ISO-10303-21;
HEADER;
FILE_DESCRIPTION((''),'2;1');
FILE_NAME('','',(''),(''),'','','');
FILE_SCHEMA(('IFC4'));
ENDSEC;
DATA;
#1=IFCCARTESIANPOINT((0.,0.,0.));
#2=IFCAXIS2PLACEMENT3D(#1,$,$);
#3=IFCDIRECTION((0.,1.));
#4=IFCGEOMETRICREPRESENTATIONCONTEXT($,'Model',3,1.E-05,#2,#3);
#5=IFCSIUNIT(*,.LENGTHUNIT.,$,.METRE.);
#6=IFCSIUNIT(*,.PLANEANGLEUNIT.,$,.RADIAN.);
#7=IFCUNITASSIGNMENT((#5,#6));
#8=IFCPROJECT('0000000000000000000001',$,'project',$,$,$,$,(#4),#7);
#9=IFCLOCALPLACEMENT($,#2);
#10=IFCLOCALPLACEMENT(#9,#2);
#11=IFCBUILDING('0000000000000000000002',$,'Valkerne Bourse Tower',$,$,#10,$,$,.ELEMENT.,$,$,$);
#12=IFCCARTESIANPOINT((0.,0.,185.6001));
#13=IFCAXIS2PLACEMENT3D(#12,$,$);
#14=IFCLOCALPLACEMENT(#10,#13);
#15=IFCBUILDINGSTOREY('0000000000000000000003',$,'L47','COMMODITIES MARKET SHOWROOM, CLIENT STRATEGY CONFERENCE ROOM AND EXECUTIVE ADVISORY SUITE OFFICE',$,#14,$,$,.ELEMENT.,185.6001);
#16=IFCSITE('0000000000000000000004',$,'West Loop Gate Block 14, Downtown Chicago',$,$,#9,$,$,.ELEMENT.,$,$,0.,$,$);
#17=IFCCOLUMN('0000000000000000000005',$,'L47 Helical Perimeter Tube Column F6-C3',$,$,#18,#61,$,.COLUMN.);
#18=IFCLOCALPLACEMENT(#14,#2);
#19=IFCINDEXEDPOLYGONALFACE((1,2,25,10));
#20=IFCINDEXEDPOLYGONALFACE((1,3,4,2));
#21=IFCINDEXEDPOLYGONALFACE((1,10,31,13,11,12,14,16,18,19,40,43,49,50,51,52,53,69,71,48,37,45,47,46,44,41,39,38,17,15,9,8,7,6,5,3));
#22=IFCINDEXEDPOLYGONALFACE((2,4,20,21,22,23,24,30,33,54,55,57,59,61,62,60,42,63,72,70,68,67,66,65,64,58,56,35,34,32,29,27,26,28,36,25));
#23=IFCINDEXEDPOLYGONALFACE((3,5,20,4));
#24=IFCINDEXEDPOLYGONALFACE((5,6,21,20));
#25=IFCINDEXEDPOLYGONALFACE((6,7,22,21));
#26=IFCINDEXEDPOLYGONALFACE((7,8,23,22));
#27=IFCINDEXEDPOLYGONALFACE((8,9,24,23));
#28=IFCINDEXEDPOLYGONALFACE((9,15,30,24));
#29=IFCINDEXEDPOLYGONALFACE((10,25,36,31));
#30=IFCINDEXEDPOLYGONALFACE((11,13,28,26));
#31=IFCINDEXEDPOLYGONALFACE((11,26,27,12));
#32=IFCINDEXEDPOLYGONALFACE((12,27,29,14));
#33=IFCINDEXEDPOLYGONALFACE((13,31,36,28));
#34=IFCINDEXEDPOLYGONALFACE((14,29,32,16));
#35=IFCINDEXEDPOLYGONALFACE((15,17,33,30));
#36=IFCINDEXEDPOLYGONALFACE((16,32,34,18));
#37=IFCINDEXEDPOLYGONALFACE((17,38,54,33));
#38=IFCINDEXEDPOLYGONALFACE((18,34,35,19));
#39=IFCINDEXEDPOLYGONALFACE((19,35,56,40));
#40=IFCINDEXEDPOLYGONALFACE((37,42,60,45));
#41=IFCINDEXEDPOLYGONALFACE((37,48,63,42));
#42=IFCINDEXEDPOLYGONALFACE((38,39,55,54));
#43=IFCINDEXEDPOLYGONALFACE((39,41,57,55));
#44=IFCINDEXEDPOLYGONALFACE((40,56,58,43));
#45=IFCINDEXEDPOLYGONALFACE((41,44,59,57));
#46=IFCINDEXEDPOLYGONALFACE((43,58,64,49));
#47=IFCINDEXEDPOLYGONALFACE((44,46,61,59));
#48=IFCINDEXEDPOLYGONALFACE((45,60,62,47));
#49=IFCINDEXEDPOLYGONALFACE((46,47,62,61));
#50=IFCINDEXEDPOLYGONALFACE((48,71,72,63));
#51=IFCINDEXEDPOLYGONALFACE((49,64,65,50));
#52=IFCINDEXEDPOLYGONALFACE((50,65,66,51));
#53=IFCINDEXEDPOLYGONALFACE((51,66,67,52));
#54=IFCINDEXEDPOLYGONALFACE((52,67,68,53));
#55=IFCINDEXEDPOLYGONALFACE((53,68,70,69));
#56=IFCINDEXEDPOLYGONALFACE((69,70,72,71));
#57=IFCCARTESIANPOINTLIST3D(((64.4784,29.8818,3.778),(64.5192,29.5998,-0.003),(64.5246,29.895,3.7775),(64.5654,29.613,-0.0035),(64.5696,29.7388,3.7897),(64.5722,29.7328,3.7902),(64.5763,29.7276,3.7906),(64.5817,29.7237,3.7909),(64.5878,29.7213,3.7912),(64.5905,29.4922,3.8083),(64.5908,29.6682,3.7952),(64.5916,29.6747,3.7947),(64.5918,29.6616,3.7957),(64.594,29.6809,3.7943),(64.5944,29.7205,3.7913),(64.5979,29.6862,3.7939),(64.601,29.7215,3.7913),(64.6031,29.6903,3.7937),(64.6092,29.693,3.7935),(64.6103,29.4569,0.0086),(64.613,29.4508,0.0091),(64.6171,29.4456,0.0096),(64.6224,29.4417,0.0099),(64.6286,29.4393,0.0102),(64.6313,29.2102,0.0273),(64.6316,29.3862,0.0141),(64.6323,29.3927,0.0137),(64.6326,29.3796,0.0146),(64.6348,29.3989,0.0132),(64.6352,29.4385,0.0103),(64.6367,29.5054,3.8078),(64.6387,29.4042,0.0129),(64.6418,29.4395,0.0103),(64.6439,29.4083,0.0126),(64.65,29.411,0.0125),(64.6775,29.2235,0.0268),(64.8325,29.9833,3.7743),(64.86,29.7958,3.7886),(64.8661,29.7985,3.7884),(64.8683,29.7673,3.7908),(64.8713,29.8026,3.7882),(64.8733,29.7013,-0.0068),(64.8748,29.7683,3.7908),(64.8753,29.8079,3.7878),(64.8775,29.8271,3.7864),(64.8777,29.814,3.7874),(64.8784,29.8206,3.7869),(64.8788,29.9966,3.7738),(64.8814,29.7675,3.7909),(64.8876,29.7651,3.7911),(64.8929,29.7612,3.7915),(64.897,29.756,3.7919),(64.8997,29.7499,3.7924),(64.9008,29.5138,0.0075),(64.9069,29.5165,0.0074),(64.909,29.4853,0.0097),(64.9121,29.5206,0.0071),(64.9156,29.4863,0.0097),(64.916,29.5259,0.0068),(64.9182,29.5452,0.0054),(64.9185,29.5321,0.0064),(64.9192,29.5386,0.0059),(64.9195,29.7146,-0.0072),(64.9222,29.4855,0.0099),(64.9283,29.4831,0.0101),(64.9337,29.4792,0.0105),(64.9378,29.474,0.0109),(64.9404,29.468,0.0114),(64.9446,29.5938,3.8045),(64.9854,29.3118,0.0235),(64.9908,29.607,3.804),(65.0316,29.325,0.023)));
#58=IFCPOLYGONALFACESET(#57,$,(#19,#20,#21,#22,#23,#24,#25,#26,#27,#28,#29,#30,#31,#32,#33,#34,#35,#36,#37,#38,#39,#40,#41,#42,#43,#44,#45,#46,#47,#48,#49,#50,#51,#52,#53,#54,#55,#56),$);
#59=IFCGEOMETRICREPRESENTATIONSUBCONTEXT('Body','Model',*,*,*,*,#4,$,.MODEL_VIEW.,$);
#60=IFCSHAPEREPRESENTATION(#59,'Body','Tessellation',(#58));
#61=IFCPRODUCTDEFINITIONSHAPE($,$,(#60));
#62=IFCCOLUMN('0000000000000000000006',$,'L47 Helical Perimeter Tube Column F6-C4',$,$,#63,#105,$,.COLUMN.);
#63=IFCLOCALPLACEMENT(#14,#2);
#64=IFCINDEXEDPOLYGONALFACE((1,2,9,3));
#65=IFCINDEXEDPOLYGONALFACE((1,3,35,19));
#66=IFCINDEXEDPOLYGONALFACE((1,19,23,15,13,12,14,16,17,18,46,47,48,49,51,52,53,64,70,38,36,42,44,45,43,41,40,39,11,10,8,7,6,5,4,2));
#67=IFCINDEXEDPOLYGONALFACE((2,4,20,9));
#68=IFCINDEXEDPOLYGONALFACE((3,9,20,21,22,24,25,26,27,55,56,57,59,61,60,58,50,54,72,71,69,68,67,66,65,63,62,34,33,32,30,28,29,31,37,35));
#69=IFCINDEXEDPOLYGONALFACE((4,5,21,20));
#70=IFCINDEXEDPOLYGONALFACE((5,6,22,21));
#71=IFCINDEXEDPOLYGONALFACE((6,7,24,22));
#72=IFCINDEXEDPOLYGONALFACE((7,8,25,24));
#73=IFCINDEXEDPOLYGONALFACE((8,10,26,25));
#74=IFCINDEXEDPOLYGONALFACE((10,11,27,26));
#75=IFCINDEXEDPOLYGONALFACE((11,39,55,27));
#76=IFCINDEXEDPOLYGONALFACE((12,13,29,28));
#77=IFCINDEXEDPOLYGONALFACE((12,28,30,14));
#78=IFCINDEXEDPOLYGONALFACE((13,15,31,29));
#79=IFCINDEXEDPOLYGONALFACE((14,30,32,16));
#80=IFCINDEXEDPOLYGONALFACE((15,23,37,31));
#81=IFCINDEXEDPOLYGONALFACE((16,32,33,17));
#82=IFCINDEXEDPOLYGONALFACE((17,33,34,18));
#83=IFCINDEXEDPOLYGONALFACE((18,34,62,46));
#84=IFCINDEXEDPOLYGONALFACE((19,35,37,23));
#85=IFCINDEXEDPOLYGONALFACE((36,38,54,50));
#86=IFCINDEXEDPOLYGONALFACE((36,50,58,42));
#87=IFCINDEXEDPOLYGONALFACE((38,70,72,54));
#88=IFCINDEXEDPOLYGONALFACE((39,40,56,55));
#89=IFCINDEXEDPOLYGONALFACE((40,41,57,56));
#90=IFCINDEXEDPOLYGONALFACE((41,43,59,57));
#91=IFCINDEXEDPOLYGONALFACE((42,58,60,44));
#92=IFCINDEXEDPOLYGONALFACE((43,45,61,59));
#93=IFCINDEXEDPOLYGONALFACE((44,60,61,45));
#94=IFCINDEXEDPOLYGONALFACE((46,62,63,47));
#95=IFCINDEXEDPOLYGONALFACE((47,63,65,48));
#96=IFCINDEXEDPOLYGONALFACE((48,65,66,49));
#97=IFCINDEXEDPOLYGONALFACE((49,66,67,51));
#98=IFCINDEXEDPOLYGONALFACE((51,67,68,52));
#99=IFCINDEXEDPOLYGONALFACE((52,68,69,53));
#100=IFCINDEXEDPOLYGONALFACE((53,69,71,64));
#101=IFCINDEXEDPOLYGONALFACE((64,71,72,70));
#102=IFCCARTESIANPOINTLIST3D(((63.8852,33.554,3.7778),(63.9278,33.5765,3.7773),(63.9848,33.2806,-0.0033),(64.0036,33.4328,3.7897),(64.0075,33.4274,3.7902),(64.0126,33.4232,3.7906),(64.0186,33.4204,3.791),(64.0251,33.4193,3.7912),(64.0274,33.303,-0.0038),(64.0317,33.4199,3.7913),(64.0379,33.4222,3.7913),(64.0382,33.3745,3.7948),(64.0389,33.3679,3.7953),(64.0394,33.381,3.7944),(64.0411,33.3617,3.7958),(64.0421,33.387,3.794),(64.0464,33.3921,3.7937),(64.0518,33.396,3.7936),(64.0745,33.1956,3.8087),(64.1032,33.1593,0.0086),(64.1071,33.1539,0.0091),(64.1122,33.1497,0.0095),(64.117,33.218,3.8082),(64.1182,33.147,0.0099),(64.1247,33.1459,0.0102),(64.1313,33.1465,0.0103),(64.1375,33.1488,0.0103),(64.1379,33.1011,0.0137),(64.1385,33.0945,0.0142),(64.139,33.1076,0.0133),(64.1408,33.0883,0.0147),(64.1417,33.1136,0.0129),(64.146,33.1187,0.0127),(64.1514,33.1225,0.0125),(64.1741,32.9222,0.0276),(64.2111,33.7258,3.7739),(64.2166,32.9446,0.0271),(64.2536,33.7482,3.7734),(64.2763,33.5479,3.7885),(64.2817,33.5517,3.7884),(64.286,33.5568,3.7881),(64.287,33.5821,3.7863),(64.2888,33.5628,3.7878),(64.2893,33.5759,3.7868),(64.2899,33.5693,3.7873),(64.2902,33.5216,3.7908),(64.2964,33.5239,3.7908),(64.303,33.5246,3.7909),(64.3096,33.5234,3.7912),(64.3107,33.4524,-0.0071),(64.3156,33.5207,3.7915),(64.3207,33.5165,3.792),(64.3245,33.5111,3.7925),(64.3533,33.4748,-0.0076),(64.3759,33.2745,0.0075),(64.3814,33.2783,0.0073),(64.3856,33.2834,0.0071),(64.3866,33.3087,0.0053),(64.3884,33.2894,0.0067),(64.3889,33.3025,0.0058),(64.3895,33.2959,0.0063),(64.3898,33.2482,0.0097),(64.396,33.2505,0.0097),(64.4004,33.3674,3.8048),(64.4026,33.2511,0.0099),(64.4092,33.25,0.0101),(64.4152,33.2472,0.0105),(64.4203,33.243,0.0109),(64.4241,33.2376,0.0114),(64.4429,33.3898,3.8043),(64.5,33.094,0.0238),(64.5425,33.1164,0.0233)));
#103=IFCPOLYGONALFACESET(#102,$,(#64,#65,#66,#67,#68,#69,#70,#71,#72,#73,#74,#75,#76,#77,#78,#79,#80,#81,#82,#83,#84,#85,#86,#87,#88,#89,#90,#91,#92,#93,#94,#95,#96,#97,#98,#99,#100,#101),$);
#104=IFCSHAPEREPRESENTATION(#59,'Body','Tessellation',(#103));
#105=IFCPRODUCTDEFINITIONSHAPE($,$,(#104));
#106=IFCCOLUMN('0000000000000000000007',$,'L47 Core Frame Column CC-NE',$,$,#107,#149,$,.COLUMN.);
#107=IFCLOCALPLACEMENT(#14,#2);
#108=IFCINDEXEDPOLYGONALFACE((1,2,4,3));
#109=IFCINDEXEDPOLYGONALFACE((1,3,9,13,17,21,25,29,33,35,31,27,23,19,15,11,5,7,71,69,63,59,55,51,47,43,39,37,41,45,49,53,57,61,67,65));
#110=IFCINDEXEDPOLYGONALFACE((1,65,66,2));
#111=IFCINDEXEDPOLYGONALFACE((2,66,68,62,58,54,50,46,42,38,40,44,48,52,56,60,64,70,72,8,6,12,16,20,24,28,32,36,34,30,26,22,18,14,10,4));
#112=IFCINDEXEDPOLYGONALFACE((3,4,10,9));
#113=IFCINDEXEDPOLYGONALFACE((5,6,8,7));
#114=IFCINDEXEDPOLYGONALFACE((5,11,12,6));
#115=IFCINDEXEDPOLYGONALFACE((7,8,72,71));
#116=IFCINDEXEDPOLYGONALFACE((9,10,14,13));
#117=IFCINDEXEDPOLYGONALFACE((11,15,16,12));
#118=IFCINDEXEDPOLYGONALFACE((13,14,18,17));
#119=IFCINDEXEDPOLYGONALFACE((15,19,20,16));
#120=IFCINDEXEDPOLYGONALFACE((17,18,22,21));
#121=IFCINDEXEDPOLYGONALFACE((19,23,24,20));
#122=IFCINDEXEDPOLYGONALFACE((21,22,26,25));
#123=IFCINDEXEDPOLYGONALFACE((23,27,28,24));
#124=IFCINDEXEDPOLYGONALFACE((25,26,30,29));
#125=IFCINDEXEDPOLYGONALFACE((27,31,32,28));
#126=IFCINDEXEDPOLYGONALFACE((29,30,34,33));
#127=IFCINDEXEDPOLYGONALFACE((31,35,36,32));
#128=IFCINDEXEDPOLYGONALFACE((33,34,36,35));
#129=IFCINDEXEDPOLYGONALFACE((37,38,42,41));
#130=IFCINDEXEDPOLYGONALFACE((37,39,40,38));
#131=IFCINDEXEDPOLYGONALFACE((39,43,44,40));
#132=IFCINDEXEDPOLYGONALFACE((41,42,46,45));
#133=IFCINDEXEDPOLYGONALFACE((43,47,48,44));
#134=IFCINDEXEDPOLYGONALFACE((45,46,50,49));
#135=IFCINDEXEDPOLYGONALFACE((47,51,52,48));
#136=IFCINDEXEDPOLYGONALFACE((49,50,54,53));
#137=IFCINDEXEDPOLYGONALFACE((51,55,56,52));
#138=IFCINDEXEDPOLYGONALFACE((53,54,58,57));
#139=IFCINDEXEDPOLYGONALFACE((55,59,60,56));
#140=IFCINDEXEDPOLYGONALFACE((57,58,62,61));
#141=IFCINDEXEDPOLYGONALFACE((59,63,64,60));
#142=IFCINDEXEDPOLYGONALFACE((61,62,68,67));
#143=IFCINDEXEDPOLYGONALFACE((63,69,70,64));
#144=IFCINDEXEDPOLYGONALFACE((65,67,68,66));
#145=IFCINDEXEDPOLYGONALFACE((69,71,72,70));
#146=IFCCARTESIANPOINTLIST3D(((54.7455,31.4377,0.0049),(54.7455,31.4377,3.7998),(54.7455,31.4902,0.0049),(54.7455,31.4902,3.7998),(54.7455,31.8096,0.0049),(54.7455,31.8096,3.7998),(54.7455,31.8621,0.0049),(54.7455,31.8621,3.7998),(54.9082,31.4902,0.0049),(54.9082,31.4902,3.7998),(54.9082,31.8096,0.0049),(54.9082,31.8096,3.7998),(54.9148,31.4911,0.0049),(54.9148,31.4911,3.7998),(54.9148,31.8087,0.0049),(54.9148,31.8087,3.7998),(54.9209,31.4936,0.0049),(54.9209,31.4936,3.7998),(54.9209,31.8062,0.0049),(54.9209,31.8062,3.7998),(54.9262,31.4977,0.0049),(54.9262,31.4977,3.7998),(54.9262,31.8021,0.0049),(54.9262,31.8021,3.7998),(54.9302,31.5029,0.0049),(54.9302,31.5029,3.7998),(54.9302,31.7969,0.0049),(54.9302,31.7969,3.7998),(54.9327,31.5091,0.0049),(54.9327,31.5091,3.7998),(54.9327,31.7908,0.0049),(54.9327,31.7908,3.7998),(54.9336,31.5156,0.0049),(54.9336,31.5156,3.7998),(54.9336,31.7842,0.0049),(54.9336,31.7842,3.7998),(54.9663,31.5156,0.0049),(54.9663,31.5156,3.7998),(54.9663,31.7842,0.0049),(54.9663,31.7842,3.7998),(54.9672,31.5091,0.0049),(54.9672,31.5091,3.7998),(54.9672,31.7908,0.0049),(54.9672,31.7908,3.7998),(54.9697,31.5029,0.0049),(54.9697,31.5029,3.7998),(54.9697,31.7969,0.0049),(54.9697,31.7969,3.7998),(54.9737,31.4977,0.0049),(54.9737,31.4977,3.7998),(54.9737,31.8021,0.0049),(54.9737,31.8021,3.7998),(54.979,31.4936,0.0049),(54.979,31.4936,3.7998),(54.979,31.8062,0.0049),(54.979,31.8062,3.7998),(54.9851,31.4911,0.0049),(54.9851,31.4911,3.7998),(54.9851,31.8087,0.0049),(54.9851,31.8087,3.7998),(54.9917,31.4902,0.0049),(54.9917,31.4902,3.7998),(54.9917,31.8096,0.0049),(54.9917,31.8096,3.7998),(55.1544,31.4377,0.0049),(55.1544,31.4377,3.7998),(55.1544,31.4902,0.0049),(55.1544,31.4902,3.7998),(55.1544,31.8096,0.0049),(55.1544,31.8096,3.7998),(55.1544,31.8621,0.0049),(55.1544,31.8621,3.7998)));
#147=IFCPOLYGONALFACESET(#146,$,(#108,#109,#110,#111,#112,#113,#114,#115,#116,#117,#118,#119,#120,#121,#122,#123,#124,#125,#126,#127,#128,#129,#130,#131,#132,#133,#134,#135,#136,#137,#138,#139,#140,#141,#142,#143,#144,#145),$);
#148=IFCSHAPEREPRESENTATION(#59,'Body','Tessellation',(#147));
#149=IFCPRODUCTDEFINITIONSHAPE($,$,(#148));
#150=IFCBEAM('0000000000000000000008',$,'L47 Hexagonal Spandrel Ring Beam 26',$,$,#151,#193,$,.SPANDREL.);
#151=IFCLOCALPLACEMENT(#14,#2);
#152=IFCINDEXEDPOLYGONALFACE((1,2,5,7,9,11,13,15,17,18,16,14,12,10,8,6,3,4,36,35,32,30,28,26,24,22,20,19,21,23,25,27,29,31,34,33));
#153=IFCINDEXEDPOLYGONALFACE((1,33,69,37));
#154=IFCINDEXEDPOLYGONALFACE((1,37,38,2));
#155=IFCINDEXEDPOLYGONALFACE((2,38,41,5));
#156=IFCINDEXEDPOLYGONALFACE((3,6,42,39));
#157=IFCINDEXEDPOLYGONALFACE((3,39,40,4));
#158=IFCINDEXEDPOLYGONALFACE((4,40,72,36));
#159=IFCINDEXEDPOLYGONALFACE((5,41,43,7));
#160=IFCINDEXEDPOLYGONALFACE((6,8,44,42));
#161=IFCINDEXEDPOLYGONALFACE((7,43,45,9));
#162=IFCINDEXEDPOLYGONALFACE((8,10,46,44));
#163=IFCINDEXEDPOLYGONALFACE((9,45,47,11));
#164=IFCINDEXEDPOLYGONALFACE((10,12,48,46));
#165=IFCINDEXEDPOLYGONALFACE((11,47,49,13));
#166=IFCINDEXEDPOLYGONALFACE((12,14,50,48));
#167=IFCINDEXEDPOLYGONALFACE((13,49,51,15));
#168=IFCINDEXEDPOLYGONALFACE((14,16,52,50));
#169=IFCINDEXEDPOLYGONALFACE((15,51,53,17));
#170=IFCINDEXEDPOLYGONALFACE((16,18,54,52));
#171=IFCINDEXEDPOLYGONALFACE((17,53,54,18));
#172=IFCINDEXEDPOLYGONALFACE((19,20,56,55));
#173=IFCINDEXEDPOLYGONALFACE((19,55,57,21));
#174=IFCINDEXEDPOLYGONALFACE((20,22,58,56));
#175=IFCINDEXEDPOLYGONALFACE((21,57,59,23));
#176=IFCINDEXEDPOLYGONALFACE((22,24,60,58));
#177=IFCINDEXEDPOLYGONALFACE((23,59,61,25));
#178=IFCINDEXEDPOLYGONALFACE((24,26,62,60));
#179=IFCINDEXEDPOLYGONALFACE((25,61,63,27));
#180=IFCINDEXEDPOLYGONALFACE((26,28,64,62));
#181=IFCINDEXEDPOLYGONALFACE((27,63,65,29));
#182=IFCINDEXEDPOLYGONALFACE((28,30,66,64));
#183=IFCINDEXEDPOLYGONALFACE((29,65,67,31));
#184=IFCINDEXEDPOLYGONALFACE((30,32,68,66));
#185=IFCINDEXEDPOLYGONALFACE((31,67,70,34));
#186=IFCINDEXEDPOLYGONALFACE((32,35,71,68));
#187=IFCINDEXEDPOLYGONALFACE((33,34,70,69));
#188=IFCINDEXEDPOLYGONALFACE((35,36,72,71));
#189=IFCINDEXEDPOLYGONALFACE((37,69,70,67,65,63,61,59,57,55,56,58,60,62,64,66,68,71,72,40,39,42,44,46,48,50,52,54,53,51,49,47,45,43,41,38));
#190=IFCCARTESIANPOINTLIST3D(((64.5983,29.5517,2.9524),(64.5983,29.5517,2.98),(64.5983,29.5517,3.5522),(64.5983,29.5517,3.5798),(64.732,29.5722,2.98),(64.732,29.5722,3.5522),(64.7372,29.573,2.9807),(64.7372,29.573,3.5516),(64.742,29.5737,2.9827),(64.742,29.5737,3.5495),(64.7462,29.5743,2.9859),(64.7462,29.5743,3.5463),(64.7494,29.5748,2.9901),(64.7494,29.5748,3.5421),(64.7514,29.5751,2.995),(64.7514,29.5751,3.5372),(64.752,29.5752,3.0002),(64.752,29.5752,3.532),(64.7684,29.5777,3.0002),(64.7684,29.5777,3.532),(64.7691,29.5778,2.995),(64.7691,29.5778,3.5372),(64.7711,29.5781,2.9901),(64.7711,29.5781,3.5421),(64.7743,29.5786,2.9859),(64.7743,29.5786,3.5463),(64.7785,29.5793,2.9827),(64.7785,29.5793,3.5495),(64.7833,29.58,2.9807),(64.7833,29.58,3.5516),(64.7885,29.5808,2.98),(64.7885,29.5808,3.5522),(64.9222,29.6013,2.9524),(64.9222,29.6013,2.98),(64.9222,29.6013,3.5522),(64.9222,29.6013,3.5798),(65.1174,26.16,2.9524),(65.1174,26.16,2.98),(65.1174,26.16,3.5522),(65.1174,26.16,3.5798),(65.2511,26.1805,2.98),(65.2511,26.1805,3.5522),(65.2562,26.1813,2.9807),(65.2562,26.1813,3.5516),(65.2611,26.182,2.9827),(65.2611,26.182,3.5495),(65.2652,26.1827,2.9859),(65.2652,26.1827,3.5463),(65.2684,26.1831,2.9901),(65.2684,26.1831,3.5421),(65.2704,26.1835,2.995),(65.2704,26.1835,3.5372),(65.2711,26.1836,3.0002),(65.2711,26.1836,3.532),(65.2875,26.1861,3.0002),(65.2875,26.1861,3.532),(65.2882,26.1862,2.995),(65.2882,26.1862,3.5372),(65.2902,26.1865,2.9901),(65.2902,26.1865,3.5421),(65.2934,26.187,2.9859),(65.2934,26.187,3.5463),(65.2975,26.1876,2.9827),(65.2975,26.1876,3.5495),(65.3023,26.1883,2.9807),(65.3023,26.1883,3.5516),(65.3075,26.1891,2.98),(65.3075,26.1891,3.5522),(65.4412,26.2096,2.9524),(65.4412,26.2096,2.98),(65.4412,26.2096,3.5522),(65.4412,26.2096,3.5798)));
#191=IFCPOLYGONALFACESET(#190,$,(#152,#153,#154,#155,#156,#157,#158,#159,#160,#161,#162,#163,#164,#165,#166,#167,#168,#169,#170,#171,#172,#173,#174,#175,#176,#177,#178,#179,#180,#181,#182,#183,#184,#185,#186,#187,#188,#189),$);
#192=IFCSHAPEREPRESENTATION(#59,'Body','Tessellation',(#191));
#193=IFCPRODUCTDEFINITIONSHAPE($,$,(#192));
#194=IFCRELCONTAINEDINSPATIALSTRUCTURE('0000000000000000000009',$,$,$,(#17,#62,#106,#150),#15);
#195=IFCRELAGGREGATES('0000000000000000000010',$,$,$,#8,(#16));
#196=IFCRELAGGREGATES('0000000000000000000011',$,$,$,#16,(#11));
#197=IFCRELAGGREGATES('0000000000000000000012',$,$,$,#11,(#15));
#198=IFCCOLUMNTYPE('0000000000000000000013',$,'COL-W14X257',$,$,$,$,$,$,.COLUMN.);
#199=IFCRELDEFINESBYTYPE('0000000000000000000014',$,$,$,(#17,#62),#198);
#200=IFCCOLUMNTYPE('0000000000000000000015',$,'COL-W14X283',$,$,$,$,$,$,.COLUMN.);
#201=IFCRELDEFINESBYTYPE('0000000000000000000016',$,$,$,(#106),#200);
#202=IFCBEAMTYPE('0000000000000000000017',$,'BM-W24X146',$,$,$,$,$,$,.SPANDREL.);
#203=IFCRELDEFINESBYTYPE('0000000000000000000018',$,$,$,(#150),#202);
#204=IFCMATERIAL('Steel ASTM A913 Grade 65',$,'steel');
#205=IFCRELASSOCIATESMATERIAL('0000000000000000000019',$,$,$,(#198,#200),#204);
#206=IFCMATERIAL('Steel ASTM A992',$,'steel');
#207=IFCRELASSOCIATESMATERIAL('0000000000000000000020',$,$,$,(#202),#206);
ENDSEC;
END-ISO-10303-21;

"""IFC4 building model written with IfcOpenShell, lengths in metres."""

from ifc_helpers import new_model, si_unit, direction, frame, origin, origin_2d, place, context, subcontext, project, spatial, i_section, extrude, material, material_profile, profile_set, type_object, element, save


model = new_model("IFC4")

# Units and contexts
model_context = context("Model", 3, precision=1e-05, world=origin(), true_north=direction((0.0, 1.0)))
body_context = subcontext(model_context, "Body", "Model", "MODEL_VIEW")
ifc_project = project(units=[si_unit("LENGTHUNIT", "METRE"), si_unit("PLANEANGLEUNIT", "RADIAN")], contexts=[model_context])

# Site, building, storey
site_placement = place(None, origin())
site = spatial("IfcSite", under=ifc_project, at=site_placement, Name="West Loop Gate Block 14, Downtown Chicago", CompositionType="ELEMENT", RefElevation=0.0)
building_placement = place(site_placement, origin())
building = spatial("IfcBuilding", under=site, at=building_placement, Name="Valkerne Bourse Tower", CompositionType="ELEMENT")
storey_placement = place(building_placement, frame((0.0, 0.0, 185.6001)))
storey = spatial("IfcBuildingStorey", under=building, at=storey_placement, Name="L47", Description="COMMODITIES MARKET SHOWROOM, CLIENT STRATEGY CONFERENCE ROOM AND EXECUTIVE ADVISORY SUITE OFFICE", CompositionType="ELEMENT", Elevation=185.6001)

# Columns
ifc_material_1 = material(Name="Steel ASTM A913 Grade 65", Category="steel")
ifc_material_profile_1 = material_profile(ifc_material_1, i_section(OverallWidth=0.4065, OverallDepth=0.4165, WebThickness=0.0298, FlangeThickness=0.0481, FilletRadius=0.0254, at=origin_2d()), Name="W14X257")
ifc_profile_set_1 = profile_set([ifc_material_profile_1], Name="Steel ASTM A913 Grade 65")
column_type_1 = type_object("IfcColumnType", Name="COL-W14X257", PredefinedType="COLUMN", material=ifc_profile_set_1)
column_1_placement = place(storey_placement, frame((64.7754, 29.4624, 0.01), z_axis=(-0.010753, 0.074368, 0.997173), x_axis=(0.275695, -0.958358, 0.074446)))
element("IfcColumn", 1, at=column_1_placement, inside=storey, type_object=column_type_1, Name="L47 Helical Perimeter Tube Column F6-C3", PredefinedType="COLUMN", context=body_context, shape_type="SweptSolid", body=[
    extrude(i_section(OverallWidth=0.4065, OverallDepth=0.4165, WebThickness=0.0298, FlangeThickness=0.0481, FilletRadius=0.0254, at=origin_2d()), origin(), (0.0, 0.0, 1.0), 3.7917),
])
column_2_placement = place(storey_placement, frame((64.2637, 33.1985, 0.01), z_axis=(-0.026267, 0.072105, 0.997051), x_axis=(0.465633, -0.881706, 0.076031)))
element("IfcColumn", 2, at=column_2_placement, inside=storey, type_object=column_type_1, Name="L47 Helical Perimeter Tube Column F6-C4", PredefinedType="COLUMN", context=body_context, shape_type="SweptSolid", body=[
    extrude(i_section(OverallWidth=0.4065, OverallDepth=0.4165, WebThickness=0.0298, FlangeThickness=0.0481, FilletRadius=0.0254, at=origin_2d()), origin(), (0.0, 0.0, 1.0), 3.7922),
])
ifc_material_profile_2 = material_profile(ifc_material_1, i_section(OverallWidth=0.4089, OverallDepth=0.4243, WebThickness=0.0327, FlangeThickness=0.0525, FilletRadius=0.0254, at=origin_2d()), Name="W14X283")
ifc_profile_set_2 = profile_set([ifc_material_profile_2], Name="Steel ASTM A913 Grade 65")
column_type_2 = type_object("IfcColumnType", Name="COL-W14X283", PredefinedType="COLUMN", material=ifc_profile_set_2)
column_3_placement = place(storey_placement, frame((54.95, 31.6499, 0.0049), z_axis=(0.0, 0.0, 1.0), x_axis=(1.0, 0.0, 0.0)))
element("IfcColumn", 3, at=column_3_placement, inside=storey, type_object=column_type_2, Name="L47 Core Frame Column CC-NE", PredefinedType="COLUMN", context=body_context, shape_type="SweptSolid", body=[
    extrude(i_section(OverallWidth=0.4089, OverallDepth=0.4243, WebThickness=0.0327, FlangeThickness=0.0525, FilletRadius=0.0254, at=origin_2d()), origin(), (0.0, 0.0, 1.0), 3.7949),
])

# Beam
ifc_material_2 = material(Name="Steel ASTM A992", Category="steel")
ifc_material_profile_3 = material_profile(ifc_material_2, i_section(OverallWidth=0.3276, OverallDepth=0.6274, WebThickness=0.0166, FlangeThickness=0.0276, FilletRadius=0.0203, at=origin_2d()), Name="W24X146")
ifc_profile_set_3 = profile_set([ifc_material_profile_3], Name="Steel ASTM A992")
beam_type_1 = type_object("IfcBeamType", Name="BM-W24X146", PredefinedType="SPANDREL", material=ifc_profile_set_3)
for number, where, z_axis, x_axis, name in (
    (4, (65.2793, 26.1848, 3.2661), (-0.151276, 0.988491, 0.0), (-0.988491, -0.151276, 0.0), "L47 Hexagonal Spandrel Ring Beam 26"),
):
    element("IfcBeam", number, at=place(storey_placement, frame(where, z_axis=z_axis, x_axis=x_axis)), inside=storey, type_object=beam_type_1, Name=name, PredefinedType="SPANDREL", context=body_context, shape_type="SweptSolid", body=[
        extrude(i_section(OverallWidth=0.3276, OverallDepth=0.6274, WebThickness=0.0166, FlangeThickness=0.0276, FilletRadius=0.0203, at=origin_2d()), origin(), (0.0, 0.0, 1.0), 3.4312),
    ])

save(model, "model.ifc")
